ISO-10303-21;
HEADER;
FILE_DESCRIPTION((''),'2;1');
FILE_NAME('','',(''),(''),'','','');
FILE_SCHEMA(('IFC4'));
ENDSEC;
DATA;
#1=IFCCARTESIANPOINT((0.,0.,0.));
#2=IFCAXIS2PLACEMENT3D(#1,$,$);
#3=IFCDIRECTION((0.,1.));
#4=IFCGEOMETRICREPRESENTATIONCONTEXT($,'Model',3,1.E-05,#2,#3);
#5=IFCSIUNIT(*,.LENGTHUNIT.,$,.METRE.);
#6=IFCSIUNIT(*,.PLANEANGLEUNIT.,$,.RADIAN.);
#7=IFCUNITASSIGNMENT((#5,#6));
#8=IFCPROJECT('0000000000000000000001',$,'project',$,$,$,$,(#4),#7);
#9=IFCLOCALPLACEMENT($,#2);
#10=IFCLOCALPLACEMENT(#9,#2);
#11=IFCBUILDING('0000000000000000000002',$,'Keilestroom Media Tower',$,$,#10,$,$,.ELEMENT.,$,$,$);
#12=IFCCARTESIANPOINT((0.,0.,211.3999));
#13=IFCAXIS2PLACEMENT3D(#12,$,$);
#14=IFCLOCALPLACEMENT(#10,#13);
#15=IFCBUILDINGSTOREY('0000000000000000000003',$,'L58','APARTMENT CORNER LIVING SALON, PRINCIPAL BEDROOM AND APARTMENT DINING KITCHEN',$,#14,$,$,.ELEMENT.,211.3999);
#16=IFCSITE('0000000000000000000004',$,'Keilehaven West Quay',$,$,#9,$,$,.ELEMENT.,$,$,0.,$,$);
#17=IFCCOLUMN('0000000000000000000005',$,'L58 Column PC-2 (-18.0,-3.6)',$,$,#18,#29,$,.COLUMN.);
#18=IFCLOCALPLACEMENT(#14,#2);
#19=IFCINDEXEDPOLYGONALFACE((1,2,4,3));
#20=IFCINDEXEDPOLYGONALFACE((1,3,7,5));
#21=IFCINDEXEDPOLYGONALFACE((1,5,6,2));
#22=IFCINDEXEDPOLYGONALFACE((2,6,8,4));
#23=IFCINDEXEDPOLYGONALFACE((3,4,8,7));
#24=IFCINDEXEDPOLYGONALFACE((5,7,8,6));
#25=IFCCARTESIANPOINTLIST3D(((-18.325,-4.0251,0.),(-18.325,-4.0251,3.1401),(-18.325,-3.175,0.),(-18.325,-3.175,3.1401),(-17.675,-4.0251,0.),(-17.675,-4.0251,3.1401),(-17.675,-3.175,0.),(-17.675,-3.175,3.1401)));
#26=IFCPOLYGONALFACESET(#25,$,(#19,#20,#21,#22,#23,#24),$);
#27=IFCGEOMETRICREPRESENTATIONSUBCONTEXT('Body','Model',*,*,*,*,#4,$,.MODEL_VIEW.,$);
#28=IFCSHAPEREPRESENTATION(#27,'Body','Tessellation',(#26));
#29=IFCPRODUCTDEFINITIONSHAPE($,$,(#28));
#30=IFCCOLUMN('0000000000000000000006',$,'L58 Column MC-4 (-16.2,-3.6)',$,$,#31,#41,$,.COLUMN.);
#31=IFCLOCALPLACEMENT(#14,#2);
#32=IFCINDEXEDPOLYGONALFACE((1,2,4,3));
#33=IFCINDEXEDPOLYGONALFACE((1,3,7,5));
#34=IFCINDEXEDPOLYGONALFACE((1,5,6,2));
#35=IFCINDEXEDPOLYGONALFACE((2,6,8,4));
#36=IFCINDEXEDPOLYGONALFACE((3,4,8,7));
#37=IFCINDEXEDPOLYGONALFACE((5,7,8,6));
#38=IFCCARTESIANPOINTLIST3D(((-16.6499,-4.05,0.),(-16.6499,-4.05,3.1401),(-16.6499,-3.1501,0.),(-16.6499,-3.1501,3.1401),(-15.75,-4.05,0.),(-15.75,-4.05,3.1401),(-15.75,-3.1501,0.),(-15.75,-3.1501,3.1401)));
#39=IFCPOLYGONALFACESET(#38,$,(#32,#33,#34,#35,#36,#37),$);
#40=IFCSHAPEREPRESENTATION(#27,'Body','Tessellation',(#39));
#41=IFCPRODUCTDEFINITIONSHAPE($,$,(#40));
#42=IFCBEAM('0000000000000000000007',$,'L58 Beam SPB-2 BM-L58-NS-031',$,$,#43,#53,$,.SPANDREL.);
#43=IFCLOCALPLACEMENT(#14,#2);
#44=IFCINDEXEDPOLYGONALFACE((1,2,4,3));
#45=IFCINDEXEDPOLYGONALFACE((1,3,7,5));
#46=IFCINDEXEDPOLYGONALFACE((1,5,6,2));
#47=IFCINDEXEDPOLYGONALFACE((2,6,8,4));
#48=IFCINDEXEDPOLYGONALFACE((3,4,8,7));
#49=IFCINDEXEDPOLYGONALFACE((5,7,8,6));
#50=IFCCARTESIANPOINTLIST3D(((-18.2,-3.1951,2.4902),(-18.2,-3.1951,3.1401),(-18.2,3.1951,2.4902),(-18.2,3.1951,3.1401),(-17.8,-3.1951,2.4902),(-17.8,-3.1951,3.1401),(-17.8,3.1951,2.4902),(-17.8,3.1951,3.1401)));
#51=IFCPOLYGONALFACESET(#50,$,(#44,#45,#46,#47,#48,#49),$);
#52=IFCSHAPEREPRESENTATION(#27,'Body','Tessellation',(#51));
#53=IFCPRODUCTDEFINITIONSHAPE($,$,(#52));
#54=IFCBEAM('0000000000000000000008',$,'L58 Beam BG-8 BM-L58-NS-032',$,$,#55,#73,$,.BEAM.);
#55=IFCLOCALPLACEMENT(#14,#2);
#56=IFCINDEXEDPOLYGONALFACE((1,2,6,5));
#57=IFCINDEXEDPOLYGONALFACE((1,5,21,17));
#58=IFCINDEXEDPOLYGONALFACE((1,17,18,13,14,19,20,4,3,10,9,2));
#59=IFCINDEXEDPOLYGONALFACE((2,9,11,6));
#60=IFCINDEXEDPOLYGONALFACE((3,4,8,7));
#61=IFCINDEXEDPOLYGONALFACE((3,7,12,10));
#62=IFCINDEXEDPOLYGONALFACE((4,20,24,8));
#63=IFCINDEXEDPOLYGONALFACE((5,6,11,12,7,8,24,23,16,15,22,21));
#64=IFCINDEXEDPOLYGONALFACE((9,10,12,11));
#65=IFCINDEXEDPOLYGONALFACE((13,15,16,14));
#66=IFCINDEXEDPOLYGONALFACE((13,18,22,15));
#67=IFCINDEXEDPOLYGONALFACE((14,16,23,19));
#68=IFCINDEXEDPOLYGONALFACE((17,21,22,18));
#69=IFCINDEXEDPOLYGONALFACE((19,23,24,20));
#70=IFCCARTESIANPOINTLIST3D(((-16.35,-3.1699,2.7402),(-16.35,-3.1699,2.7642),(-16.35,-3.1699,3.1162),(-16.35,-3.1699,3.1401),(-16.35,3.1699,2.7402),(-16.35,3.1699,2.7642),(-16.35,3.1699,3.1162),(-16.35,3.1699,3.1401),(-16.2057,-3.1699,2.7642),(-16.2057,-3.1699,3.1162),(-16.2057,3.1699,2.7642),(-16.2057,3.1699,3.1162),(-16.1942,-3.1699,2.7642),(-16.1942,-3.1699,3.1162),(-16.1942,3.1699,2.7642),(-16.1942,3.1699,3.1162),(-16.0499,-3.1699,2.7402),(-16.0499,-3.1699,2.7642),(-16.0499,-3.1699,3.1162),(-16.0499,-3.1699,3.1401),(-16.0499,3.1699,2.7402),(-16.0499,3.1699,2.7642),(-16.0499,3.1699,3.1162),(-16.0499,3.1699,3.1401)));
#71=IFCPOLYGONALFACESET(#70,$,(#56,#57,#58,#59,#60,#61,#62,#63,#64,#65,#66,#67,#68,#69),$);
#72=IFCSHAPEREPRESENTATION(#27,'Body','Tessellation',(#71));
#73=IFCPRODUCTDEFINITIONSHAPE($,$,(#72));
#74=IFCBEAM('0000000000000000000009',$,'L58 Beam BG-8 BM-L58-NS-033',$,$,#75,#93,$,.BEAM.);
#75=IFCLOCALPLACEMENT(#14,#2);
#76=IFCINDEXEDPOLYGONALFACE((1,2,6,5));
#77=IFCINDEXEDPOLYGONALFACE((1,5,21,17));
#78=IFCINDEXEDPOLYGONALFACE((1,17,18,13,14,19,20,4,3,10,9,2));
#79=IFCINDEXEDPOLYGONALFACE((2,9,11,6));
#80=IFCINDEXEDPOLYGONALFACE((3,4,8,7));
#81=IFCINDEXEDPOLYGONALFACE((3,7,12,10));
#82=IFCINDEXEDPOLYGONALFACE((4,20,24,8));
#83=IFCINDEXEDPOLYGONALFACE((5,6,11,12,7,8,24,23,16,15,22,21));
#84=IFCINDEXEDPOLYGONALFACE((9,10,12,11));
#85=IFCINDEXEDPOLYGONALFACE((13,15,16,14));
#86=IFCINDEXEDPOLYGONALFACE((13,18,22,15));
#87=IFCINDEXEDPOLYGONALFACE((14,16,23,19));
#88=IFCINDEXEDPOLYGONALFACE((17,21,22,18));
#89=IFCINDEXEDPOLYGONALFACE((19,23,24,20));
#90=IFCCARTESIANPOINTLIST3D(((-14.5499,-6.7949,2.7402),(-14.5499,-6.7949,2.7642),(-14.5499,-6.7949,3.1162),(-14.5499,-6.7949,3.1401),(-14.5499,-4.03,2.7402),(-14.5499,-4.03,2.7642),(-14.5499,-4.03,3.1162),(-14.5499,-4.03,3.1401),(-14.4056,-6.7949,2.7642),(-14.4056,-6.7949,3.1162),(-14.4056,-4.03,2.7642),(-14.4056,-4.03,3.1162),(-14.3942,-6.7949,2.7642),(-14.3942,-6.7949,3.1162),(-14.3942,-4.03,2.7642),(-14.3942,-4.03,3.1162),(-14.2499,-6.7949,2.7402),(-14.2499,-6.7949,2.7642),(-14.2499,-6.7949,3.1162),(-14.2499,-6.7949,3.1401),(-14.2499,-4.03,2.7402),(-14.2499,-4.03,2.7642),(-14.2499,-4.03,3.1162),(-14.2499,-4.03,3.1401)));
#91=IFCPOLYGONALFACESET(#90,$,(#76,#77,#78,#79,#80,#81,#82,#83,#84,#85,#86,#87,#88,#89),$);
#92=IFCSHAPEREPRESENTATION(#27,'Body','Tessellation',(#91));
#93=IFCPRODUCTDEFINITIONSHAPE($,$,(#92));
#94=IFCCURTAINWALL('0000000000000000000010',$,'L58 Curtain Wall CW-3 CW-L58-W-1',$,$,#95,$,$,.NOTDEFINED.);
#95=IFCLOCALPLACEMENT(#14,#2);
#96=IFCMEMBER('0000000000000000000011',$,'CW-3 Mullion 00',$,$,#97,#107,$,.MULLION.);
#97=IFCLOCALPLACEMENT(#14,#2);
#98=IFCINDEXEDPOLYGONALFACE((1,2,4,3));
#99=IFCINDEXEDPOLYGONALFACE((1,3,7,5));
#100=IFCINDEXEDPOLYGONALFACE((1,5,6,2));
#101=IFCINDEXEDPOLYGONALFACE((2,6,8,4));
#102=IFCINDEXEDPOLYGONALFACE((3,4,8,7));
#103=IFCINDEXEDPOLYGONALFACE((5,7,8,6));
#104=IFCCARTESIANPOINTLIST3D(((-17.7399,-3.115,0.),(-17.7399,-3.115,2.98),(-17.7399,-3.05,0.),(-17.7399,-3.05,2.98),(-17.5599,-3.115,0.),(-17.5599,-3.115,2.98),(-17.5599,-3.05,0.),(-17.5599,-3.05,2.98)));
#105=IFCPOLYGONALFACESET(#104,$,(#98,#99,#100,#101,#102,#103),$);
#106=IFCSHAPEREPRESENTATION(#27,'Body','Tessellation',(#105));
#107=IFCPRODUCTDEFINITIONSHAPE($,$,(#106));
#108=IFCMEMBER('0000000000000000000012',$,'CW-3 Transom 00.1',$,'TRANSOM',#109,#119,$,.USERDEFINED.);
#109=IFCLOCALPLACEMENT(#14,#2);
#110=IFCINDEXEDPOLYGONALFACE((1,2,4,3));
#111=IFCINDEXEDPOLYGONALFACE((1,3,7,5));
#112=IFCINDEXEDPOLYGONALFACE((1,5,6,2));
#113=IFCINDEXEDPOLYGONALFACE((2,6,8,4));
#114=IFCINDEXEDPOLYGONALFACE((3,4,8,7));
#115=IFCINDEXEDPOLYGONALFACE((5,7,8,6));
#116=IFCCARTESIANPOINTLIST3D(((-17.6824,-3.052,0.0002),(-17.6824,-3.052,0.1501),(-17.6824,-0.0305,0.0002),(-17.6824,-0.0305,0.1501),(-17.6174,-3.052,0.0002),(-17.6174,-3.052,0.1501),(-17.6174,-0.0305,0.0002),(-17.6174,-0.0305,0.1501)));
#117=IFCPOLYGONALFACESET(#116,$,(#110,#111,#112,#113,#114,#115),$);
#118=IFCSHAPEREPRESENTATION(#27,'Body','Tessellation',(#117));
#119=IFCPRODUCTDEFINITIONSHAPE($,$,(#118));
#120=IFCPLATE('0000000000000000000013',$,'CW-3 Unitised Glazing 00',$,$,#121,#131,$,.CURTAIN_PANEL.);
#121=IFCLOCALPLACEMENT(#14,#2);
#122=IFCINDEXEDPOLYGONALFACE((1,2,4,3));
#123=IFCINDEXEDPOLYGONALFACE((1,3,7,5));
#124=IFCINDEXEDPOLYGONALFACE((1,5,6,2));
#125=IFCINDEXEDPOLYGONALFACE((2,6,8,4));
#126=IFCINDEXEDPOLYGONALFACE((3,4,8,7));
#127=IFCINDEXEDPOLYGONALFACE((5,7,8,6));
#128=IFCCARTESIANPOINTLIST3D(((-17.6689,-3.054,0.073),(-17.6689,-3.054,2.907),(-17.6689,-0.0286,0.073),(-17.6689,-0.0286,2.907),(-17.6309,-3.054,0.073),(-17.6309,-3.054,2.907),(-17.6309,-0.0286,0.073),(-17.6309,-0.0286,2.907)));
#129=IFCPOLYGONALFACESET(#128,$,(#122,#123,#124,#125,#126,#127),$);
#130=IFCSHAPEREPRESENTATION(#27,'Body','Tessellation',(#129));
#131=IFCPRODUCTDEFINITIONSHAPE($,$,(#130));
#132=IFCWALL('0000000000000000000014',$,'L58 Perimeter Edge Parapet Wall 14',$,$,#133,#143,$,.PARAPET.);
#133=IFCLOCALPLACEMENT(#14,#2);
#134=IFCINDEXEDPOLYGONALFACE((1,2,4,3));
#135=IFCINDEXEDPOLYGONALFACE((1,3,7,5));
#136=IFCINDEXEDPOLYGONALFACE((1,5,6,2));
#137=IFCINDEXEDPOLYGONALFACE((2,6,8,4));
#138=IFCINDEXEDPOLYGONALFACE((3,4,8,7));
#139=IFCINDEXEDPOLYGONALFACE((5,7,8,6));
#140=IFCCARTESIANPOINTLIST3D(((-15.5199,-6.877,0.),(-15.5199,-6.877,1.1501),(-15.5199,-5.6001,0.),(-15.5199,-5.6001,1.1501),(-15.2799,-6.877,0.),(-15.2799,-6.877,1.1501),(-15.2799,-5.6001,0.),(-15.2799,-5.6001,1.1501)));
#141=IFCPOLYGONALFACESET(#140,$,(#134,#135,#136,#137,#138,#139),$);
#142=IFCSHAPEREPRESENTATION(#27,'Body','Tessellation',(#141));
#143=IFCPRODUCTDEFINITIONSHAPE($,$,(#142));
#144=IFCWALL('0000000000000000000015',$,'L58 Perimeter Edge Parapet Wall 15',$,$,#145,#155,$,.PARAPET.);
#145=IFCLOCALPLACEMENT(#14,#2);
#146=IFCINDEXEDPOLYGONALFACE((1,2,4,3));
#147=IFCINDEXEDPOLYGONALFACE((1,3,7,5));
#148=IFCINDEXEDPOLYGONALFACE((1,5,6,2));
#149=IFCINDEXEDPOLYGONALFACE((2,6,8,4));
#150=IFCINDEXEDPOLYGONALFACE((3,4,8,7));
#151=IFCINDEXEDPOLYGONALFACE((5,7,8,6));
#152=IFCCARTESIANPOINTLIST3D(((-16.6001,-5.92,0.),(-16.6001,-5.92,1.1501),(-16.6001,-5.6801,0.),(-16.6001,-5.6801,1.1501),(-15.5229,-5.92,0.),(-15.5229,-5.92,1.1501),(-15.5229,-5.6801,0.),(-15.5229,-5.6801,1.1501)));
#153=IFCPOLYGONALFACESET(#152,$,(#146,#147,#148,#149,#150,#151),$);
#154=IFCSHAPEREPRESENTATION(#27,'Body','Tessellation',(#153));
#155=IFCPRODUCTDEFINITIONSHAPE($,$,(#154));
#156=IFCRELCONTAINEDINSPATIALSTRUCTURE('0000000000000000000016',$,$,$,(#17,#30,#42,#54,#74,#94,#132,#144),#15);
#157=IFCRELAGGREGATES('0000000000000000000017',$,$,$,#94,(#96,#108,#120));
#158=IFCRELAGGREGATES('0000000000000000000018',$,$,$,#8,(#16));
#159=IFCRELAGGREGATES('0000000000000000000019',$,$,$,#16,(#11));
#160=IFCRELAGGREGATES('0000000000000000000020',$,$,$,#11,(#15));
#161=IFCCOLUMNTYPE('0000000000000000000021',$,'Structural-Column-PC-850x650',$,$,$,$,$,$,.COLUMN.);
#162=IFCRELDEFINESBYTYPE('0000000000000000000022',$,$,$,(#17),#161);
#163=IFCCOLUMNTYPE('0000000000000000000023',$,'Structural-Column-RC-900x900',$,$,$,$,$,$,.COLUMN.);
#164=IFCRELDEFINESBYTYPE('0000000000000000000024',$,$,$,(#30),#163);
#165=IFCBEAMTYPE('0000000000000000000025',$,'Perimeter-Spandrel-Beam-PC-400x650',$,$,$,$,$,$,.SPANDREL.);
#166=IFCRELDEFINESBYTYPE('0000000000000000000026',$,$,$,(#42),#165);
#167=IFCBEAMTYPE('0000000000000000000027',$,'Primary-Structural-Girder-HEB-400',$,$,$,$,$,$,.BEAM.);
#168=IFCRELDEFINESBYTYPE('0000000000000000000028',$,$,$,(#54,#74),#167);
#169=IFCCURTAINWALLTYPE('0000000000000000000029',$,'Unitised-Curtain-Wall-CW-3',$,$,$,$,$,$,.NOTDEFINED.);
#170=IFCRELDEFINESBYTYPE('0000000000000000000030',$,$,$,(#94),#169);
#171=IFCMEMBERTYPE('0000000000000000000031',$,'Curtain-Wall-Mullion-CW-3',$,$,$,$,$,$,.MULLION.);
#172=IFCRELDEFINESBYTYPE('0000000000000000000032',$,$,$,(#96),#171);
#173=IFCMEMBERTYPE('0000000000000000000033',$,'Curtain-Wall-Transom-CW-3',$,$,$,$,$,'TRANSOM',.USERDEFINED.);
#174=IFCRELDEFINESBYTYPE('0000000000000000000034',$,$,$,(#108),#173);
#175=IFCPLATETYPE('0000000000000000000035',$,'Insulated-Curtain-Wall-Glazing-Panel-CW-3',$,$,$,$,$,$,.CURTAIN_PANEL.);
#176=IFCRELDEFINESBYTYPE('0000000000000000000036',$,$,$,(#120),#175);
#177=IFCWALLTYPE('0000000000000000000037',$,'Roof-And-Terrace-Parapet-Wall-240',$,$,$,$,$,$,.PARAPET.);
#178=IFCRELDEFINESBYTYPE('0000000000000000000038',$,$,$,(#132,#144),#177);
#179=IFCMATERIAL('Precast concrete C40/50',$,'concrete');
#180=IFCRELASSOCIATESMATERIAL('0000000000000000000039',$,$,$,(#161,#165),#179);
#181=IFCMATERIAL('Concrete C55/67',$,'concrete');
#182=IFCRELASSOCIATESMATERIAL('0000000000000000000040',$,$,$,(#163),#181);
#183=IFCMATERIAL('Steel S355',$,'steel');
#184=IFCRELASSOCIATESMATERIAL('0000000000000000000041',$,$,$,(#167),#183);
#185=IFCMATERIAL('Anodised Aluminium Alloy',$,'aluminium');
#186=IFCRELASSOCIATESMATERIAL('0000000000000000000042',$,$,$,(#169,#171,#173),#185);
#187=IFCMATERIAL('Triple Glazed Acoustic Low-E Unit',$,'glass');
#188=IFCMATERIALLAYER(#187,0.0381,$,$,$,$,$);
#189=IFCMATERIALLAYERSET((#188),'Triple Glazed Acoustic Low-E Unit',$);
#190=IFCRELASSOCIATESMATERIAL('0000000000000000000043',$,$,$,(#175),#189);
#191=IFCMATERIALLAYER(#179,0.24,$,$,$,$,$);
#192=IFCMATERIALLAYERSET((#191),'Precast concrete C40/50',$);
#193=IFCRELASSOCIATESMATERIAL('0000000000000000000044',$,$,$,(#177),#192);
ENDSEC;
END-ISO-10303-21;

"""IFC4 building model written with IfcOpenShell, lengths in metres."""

from ifc_helpers import new_model, si_unit, direction, frame, frame_2d, origin, origin_2d, place, context, subcontext, project, spatial, rectangle, i_section, extrude, source, transform, mapped, material, layer, layer_set, material_profile, profile_set, type_object, element, aggregate, save


model = new_model("IFC4")

# Units and contexts
model_context = context("Model", 3, precision=1e-05, world=origin(), true_north=direction((0.0, 1.0)))
body_context = subcontext(model_context, "Body", "Model", "MODEL_VIEW")
ifc_project = project(units=[si_unit("LENGTHUNIT", "METRE"), si_unit("PLANEANGLEUNIT", "RADIAN")], contexts=[model_context])

# Site, building, storey
site_placement = place(None, origin())
site = spatial("IfcSite", under=ifc_project, at=site_placement, Name="Keilehaven West Quay", CompositionType="ELEMENT", RefElevation=0.0)
building_placement = place(site_placement, origin())
building = spatial("IfcBuilding", under=site, at=building_placement, Name="Keilestroom Media Tower", CompositionType="ELEMENT")
storey_placement = place(building_placement, frame((0.0, 0.0, 211.3999)))
storey = spatial("IfcBuildingStorey", under=building, at=storey_placement, Name="L58", Description="APARTMENT CORNER LIVING SALON, PRINCIPAL BEDROOM AND APARTMENT DINING KITCHEN", CompositionType="ELEMENT", Elevation=211.3999)

# Columns
ifc_material_1 = material(Name="Precast concrete C40/50", Category="concrete")
ifc_material_profile_1 = material_profile(ifc_material_1, rectangle(XDim=0.6499, YDim=0.8501, at=origin_2d()), Name="PC 850x650")
ifc_profile_set_1 = profile_set([ifc_material_profile_1], Name="Precast concrete C40/50")
column_type_1 = type_object("IfcColumnType", Name="Structural-Column-PC-850x650", PredefinedType="COLUMN", material=ifc_profile_set_1)
shared_shape_1 = source(origin(), body_context, "Body", "SweptSolid", [
    extrude(rectangle(XDim=0.6499, YDim=0.8501, at=origin_2d()), origin(), (0.0, 0.0, 1.0), 3.1401),
])
column_1_placement = place(storey_placement, frame((-18.0, -3.6001, 0.0), z_axis=(0.0, 0.0, 1.0), x_axis=(1.0, 0.0, 0.0)))
element("IfcColumn", 1, at=column_1_placement, inside=storey, type_object=column_type_1, Name="L58 Column PC-2 (-18.0,-3.6)", PredefinedType="COLUMN", context=body_context, shape_type="MappedRepresentation", body=[
    mapped(shared_shape_1, transform((0.0, 0.0, 0.0), x_axis=(1.0, 0.0, 0.0), y_axis=(0.0, 1.0, 0.0), z_axis=(0.0, 0.0, 1.0), scale=1.0)),
])
ifc_material_2 = material(Name="Concrete C55/67", Category="concrete")
ifc_material_profile_2 = material_profile(ifc_material_2, rectangle(XDim=0.8999, YDim=0.8999, at=origin_2d()), Name="RC 900x900")
ifc_profile_set_2 = profile_set([ifc_material_profile_2], Name="Concrete C55/67")
column_type_2 = type_object("IfcColumnType", Name="Structural-Column-RC-900x900", PredefinedType="COLUMN", material=ifc_profile_set_2)
shared_shape_2 = source(origin(), body_context, "Body", "SweptSolid", [
    extrude(rectangle(XDim=0.8999, YDim=0.8999, at=origin_2d()), origin(), (0.0, 0.0, 1.0), 3.1401),
])
column_2_placement = place(storey_placement, frame((-16.2, -3.6001, 0.0), z_axis=(0.0, 0.0, 1.0), x_axis=(1.0, 0.0, 0.0)))
element("IfcColumn", 2, at=column_2_placement, inside=storey, type_object=column_type_2, Name="L58 Column MC-4 (-16.2,-3.6)", PredefinedType="COLUMN", context=body_context, shape_type="MappedRepresentation", body=[
    mapped(shared_shape_2, transform((0.0, 0.0, 0.0), x_axis=(1.0, 0.0, 0.0), y_axis=(0.0, 1.0, 0.0), z_axis=(0.0, 0.0, 1.0), scale=1.0)),
])

# Beams
ifc_material_profile_3 = material_profile(ifc_material_1, rectangle(XDim=0.3999, YDim=0.6499, at=origin_2d()), Name="PC 400x650")
ifc_profile_set_3 = profile_set([ifc_material_profile_3], Name="Precast concrete C40/50")
beam_type_1 = type_object("IfcBeamType", Name="Perimeter-Spandrel-Beam-PC-400x650", PredefinedType="SPANDREL", material=ifc_profile_set_3)
shared_shape_3 = source(origin(), body_context, "Body", "SweptSolid", [
    extrude(rectangle(XDim=0.3999, YDim=0.6499, at=origin_2d()), origin(), (0.0, 0.0, 1.0), 6.3901),
])
beam_1_placement = place(storey_placement, frame((-18.0, -3.1951, 2.8152), z_axis=(0.0, 1.0, 0.0), x_axis=(-1.0, 0.0, 0.0)))
element("IfcBeam", 3, at=beam_1_placement, inside=storey, type_object=beam_type_1, Name="L58 Beam SPB-2 BM-L58-NS-031", PredefinedType="SPANDREL", context=body_context, shape_type="MappedRepresentation", body=[
    mapped(shared_shape_3, transform((0.0, 0.0, 0.0), x_axis=(1.0, 0.0, 0.0), y_axis=(0.0, 1.0, 0.0), z_axis=(0.0, 0.0, 1.0), scale=1.0)),
])
ifc_material_3 = material(Name="Steel S355", Category="steel")
ifc_material_profile_4 = material_profile(ifc_material_3, i_section(OverallWidth=0.3, OverallDepth=0.3999, WebThickness=0.0115, FlangeThickness=0.0239, at=origin_2d()), Name="HEB 400")
ifc_profile_set_4 = profile_set([ifc_material_profile_4], Name="Steel S355")
beam_type_2 = type_object("IfcBeamType", Name="Primary-Structural-Girder-HEB-400", PredefinedType="BEAM", material=ifc_profile_set_4)
shared_shape_4 = source(origin(), body_context, "Body", "SweptSolid", [
    extrude(i_section(OverallWidth=0.3, OverallDepth=0.3999, WebThickness=0.0115, FlangeThickness=0.0239, at=origin_2d()), origin(), (0.0, 0.0, 1.0), 6.3398),
])
beam_2_placement = place(storey_placement, frame((-16.2, -3.1699, 2.9402), z_axis=(0.0, 1.0, 0.0), x_axis=(-1.0, 0.0, 0.0)))
element("IfcBeam", 4, at=beam_2_placement, inside=storey, type_object=beam_type_2, Name="L58 Beam BG-8 BM-L58-NS-032", PredefinedType="BEAM", context=body_context, shape_type="MappedRepresentation", body=[
    mapped(shared_shape_4, transform((0.0, 0.0, 0.0), x_axis=(1.0, 0.0, 0.0), y_axis=(0.0, 1.0, 0.0), z_axis=(0.0, 0.0, 1.0), scale=1.0)),
])
shared_shape_5 = source(origin(), body_context, "Body", "SweptSolid", [
    extrude(i_section(OverallWidth=0.3, OverallDepth=0.3999, WebThickness=0.0115, FlangeThickness=0.0239, at=origin_2d()), origin(), (0.0, 0.0, 1.0), 2.7649),
])
beam_3_placement = place(storey_placement, frame((-14.3999, -6.7949, 2.9402), z_axis=(0.0, 1.0, 0.0), x_axis=(-1.0, 0.0, 0.0)))
element("IfcBeam", 5, at=beam_3_placement, inside=storey, type_object=beam_type_2, Name="L58 Beam BG-8 BM-L58-NS-033", PredefinedType="BEAM", context=body_context, shape_type="MappedRepresentation", body=[
    mapped(shared_shape_5, transform((0.0, 0.0, 0.0), x_axis=(1.0, 0.0, 0.0), y_axis=(0.0, 1.0, 0.0), z_axis=(0.0, 0.0, 1.0), scale=1.0)),
])

# Curtain wall, members, plate
ifc_material_4 = material(Name="Anodised Aluminium Alloy", Category="aluminium")
curtain_wall_type = type_object("IfcCurtainWallType", Name="Unitised-Curtain-Wall-CW-3", PredefinedType="NOTDEFINED", material=ifc_material_4)
curtain_wall_placement = place(storey_placement, origin())
curtain_wall = element("IfcCurtainWall", 6, at=curtain_wall_placement, inside=storey, type_object=curtain_wall_type, Name="L58 Curtain Wall CW-3 CW-L58-W-1", PredefinedType="NOTDEFINED")
ifc_material_profile_5 = material_profile(ifc_material_4, rectangle(XDim=0.0649, YDim=0.1799, at=origin_2d()), Name="ALU MULLION 65x180")
ifc_profile_set_5 = profile_set([ifc_material_profile_5], Name="Anodised Aluminium Alloy")
member_type_1 = type_object("IfcMemberType", Name="Curtain-Wall-Mullion-CW-3", PredefinedType="MULLION", material=ifc_profile_set_5)
shared_shape_6 = source(origin(), body_context, "Body", "SweptSolid", [
    extrude(rectangle(XDim=0.0649, YDim=0.1799, at=origin_2d()), origin(), (0.0, 0.0, 1.0), 2.98),
])
member_1_placement = place(storey_placement, frame((-17.6499, -3.0825, 0.0), z_axis=(0.0, 0.0, 1.0), x_axis=(0.0, 1.0, 0.0)))
member_1 = element("IfcMember", 7, at=member_1_placement, type_object=member_type_1, Name="CW-3 Mullion 00", PredefinedType="MULLION", context=body_context, shape_type="MappedRepresentation", body=[
    mapped(shared_shape_6, transform((0.0, 0.0, 0.0), x_axis=(1.0, 0.0, 0.0), y_axis=(0.0, 1.0, 0.0), z_axis=(0.0, 0.0, 1.0), scale=1.0)),
])
ifc_material_profile_6 = material_profile(ifc_material_4, rectangle(XDim=0.0649, YDim=0.1499, at=origin_2d()), Name="ALU TRANSOM 65x150")
ifc_profile_set_6 = profile_set([ifc_material_profile_6], Name="Anodised Aluminium Alloy")
member_type_2 = type_object("IfcMemberType", Name="Curtain-Wall-Transom-CW-3", ElementType="TRANSOM", PredefinedType="USERDEFINED", material=ifc_profile_set_6)
shared_shape_7 = source(origin(), body_context, "Body", "SweptSolid", [
    extrude(rectangle(XDim=0.0649, YDim=0.1499, at=origin_2d()), origin(), (0.0, 0.0, 1.0), 3.0215),
])
member_2_placement = place(storey_placement, frame((-17.6499, -3.052, 0.0752), z_axis=(0.0, 1.0, 0.0), x_axis=(-1.0, 0.0, 0.0)))
member_2 = element("IfcMember", 8, at=member_2_placement, type_object=member_type_2, Name="CW-3 Transom 00.1", ObjectType="TRANSOM", PredefinedType="USERDEFINED", context=body_context, shape_type="MappedRepresentation", body=[
    mapped(shared_shape_7, transform((0.0, 0.0, 0.0), x_axis=(1.0, 0.0, 0.0), y_axis=(0.0, 1.0, 0.0), z_axis=(0.0, 0.0, 1.0), scale=1.0)),
])
ifc_material_5 = material(Name="Triple Glazed Acoustic Low-E Unit", Category="glass")
ifc_layer_1 = layer(ifc_material_5, 0.0381)
ifc_layer_set_1 = layer_set([ifc_layer_1], Name="Triple Glazed Acoustic Low-E Unit")
plate_type = type_object("IfcPlateType", Name="Insulated-Curtain-Wall-Glazing-Panel-CW-3", PredefinedType="CURTAIN_PANEL", material=ifc_layer_set_1)
shared_shape_8 = source(origin(), body_context, "Body", "SweptSolid", [
    extrude(rectangle(XDim=3.0254, YDim=0.0381, at=origin_2d()), origin(), (0.0, 0.0, 1.0), 2.834),
])
plate_placement = place(storey_placement, frame((-17.6499, -1.5413, 0.073), z_axis=(0.0, 0.0, 1.0), x_axis=(0.0, 1.0, 0.0)))
plate = element("IfcPlate", 9, at=plate_placement, type_object=plate_type, Name="CW-3 Unitised Glazing 00", PredefinedType="CURTAIN_PANEL", context=body_context, shape_type="MappedRepresentation", body=[
    mapped(shared_shape_8, transform((0.0, 0.0, 0.0), x_axis=(1.0, 0.0, 0.0), y_axis=(0.0, 1.0, 0.0), z_axis=(0.0, 0.0, 1.0), scale=1.0)),
])
aggregate(curtain_wall, [member_1, member_2, plate])

# Walls
ifc_layer_2 = layer(ifc_material_1, 0.24)
ifc_layer_set_2 = layer_set([ifc_layer_2], Name="Precast concrete C40/50")
wall_type = type_object("IfcWallType", Name="Roof-And-Terrace-Parapet-Wall-240", PredefinedType="PARAPET", material=ifc_layer_set_2)
wall_1_placement = place(storey_placement, frame((-15.3999, -6.877, 0.0), z_axis=(0.0, 0.0, 1.0), x_axis=(0.0, 1.0, 0.0)))
element("IfcWall", 10, at=wall_1_placement, inside=storey, type_object=wall_type, Name="L58 Perimeter Edge Parapet Wall 14", PredefinedType="PARAPET", context=body_context, shape_type="SweptSolid", body=[
    extrude(rectangle(XDim=1.2769, YDim=0.24, at=frame_2d((0.6384, 0.0))), origin(), (0.0, 0.0, 1.0), 1.1501),
])
wall_2_placement = place(storey_placement, frame((-15.5229, -5.8, 0.0), z_axis=(0.0, 0.0, 1.0), x_axis=(-1.0, 0.0, 0.0)))
element("IfcWall", 11, at=wall_2_placement, inside=storey, type_object=wall_type, Name="L58 Perimeter Edge Parapet Wall 15", PredefinedType="PARAPET", context=body_context, shape_type="SweptSolid", body=[
    extrude(rectangle(XDim=1.0771, YDim=0.24, at=frame_2d((0.5386, 0.0))), origin(), (0.0, 0.0, 1.0), 1.1501),
])

save(model, "model.ifc")
